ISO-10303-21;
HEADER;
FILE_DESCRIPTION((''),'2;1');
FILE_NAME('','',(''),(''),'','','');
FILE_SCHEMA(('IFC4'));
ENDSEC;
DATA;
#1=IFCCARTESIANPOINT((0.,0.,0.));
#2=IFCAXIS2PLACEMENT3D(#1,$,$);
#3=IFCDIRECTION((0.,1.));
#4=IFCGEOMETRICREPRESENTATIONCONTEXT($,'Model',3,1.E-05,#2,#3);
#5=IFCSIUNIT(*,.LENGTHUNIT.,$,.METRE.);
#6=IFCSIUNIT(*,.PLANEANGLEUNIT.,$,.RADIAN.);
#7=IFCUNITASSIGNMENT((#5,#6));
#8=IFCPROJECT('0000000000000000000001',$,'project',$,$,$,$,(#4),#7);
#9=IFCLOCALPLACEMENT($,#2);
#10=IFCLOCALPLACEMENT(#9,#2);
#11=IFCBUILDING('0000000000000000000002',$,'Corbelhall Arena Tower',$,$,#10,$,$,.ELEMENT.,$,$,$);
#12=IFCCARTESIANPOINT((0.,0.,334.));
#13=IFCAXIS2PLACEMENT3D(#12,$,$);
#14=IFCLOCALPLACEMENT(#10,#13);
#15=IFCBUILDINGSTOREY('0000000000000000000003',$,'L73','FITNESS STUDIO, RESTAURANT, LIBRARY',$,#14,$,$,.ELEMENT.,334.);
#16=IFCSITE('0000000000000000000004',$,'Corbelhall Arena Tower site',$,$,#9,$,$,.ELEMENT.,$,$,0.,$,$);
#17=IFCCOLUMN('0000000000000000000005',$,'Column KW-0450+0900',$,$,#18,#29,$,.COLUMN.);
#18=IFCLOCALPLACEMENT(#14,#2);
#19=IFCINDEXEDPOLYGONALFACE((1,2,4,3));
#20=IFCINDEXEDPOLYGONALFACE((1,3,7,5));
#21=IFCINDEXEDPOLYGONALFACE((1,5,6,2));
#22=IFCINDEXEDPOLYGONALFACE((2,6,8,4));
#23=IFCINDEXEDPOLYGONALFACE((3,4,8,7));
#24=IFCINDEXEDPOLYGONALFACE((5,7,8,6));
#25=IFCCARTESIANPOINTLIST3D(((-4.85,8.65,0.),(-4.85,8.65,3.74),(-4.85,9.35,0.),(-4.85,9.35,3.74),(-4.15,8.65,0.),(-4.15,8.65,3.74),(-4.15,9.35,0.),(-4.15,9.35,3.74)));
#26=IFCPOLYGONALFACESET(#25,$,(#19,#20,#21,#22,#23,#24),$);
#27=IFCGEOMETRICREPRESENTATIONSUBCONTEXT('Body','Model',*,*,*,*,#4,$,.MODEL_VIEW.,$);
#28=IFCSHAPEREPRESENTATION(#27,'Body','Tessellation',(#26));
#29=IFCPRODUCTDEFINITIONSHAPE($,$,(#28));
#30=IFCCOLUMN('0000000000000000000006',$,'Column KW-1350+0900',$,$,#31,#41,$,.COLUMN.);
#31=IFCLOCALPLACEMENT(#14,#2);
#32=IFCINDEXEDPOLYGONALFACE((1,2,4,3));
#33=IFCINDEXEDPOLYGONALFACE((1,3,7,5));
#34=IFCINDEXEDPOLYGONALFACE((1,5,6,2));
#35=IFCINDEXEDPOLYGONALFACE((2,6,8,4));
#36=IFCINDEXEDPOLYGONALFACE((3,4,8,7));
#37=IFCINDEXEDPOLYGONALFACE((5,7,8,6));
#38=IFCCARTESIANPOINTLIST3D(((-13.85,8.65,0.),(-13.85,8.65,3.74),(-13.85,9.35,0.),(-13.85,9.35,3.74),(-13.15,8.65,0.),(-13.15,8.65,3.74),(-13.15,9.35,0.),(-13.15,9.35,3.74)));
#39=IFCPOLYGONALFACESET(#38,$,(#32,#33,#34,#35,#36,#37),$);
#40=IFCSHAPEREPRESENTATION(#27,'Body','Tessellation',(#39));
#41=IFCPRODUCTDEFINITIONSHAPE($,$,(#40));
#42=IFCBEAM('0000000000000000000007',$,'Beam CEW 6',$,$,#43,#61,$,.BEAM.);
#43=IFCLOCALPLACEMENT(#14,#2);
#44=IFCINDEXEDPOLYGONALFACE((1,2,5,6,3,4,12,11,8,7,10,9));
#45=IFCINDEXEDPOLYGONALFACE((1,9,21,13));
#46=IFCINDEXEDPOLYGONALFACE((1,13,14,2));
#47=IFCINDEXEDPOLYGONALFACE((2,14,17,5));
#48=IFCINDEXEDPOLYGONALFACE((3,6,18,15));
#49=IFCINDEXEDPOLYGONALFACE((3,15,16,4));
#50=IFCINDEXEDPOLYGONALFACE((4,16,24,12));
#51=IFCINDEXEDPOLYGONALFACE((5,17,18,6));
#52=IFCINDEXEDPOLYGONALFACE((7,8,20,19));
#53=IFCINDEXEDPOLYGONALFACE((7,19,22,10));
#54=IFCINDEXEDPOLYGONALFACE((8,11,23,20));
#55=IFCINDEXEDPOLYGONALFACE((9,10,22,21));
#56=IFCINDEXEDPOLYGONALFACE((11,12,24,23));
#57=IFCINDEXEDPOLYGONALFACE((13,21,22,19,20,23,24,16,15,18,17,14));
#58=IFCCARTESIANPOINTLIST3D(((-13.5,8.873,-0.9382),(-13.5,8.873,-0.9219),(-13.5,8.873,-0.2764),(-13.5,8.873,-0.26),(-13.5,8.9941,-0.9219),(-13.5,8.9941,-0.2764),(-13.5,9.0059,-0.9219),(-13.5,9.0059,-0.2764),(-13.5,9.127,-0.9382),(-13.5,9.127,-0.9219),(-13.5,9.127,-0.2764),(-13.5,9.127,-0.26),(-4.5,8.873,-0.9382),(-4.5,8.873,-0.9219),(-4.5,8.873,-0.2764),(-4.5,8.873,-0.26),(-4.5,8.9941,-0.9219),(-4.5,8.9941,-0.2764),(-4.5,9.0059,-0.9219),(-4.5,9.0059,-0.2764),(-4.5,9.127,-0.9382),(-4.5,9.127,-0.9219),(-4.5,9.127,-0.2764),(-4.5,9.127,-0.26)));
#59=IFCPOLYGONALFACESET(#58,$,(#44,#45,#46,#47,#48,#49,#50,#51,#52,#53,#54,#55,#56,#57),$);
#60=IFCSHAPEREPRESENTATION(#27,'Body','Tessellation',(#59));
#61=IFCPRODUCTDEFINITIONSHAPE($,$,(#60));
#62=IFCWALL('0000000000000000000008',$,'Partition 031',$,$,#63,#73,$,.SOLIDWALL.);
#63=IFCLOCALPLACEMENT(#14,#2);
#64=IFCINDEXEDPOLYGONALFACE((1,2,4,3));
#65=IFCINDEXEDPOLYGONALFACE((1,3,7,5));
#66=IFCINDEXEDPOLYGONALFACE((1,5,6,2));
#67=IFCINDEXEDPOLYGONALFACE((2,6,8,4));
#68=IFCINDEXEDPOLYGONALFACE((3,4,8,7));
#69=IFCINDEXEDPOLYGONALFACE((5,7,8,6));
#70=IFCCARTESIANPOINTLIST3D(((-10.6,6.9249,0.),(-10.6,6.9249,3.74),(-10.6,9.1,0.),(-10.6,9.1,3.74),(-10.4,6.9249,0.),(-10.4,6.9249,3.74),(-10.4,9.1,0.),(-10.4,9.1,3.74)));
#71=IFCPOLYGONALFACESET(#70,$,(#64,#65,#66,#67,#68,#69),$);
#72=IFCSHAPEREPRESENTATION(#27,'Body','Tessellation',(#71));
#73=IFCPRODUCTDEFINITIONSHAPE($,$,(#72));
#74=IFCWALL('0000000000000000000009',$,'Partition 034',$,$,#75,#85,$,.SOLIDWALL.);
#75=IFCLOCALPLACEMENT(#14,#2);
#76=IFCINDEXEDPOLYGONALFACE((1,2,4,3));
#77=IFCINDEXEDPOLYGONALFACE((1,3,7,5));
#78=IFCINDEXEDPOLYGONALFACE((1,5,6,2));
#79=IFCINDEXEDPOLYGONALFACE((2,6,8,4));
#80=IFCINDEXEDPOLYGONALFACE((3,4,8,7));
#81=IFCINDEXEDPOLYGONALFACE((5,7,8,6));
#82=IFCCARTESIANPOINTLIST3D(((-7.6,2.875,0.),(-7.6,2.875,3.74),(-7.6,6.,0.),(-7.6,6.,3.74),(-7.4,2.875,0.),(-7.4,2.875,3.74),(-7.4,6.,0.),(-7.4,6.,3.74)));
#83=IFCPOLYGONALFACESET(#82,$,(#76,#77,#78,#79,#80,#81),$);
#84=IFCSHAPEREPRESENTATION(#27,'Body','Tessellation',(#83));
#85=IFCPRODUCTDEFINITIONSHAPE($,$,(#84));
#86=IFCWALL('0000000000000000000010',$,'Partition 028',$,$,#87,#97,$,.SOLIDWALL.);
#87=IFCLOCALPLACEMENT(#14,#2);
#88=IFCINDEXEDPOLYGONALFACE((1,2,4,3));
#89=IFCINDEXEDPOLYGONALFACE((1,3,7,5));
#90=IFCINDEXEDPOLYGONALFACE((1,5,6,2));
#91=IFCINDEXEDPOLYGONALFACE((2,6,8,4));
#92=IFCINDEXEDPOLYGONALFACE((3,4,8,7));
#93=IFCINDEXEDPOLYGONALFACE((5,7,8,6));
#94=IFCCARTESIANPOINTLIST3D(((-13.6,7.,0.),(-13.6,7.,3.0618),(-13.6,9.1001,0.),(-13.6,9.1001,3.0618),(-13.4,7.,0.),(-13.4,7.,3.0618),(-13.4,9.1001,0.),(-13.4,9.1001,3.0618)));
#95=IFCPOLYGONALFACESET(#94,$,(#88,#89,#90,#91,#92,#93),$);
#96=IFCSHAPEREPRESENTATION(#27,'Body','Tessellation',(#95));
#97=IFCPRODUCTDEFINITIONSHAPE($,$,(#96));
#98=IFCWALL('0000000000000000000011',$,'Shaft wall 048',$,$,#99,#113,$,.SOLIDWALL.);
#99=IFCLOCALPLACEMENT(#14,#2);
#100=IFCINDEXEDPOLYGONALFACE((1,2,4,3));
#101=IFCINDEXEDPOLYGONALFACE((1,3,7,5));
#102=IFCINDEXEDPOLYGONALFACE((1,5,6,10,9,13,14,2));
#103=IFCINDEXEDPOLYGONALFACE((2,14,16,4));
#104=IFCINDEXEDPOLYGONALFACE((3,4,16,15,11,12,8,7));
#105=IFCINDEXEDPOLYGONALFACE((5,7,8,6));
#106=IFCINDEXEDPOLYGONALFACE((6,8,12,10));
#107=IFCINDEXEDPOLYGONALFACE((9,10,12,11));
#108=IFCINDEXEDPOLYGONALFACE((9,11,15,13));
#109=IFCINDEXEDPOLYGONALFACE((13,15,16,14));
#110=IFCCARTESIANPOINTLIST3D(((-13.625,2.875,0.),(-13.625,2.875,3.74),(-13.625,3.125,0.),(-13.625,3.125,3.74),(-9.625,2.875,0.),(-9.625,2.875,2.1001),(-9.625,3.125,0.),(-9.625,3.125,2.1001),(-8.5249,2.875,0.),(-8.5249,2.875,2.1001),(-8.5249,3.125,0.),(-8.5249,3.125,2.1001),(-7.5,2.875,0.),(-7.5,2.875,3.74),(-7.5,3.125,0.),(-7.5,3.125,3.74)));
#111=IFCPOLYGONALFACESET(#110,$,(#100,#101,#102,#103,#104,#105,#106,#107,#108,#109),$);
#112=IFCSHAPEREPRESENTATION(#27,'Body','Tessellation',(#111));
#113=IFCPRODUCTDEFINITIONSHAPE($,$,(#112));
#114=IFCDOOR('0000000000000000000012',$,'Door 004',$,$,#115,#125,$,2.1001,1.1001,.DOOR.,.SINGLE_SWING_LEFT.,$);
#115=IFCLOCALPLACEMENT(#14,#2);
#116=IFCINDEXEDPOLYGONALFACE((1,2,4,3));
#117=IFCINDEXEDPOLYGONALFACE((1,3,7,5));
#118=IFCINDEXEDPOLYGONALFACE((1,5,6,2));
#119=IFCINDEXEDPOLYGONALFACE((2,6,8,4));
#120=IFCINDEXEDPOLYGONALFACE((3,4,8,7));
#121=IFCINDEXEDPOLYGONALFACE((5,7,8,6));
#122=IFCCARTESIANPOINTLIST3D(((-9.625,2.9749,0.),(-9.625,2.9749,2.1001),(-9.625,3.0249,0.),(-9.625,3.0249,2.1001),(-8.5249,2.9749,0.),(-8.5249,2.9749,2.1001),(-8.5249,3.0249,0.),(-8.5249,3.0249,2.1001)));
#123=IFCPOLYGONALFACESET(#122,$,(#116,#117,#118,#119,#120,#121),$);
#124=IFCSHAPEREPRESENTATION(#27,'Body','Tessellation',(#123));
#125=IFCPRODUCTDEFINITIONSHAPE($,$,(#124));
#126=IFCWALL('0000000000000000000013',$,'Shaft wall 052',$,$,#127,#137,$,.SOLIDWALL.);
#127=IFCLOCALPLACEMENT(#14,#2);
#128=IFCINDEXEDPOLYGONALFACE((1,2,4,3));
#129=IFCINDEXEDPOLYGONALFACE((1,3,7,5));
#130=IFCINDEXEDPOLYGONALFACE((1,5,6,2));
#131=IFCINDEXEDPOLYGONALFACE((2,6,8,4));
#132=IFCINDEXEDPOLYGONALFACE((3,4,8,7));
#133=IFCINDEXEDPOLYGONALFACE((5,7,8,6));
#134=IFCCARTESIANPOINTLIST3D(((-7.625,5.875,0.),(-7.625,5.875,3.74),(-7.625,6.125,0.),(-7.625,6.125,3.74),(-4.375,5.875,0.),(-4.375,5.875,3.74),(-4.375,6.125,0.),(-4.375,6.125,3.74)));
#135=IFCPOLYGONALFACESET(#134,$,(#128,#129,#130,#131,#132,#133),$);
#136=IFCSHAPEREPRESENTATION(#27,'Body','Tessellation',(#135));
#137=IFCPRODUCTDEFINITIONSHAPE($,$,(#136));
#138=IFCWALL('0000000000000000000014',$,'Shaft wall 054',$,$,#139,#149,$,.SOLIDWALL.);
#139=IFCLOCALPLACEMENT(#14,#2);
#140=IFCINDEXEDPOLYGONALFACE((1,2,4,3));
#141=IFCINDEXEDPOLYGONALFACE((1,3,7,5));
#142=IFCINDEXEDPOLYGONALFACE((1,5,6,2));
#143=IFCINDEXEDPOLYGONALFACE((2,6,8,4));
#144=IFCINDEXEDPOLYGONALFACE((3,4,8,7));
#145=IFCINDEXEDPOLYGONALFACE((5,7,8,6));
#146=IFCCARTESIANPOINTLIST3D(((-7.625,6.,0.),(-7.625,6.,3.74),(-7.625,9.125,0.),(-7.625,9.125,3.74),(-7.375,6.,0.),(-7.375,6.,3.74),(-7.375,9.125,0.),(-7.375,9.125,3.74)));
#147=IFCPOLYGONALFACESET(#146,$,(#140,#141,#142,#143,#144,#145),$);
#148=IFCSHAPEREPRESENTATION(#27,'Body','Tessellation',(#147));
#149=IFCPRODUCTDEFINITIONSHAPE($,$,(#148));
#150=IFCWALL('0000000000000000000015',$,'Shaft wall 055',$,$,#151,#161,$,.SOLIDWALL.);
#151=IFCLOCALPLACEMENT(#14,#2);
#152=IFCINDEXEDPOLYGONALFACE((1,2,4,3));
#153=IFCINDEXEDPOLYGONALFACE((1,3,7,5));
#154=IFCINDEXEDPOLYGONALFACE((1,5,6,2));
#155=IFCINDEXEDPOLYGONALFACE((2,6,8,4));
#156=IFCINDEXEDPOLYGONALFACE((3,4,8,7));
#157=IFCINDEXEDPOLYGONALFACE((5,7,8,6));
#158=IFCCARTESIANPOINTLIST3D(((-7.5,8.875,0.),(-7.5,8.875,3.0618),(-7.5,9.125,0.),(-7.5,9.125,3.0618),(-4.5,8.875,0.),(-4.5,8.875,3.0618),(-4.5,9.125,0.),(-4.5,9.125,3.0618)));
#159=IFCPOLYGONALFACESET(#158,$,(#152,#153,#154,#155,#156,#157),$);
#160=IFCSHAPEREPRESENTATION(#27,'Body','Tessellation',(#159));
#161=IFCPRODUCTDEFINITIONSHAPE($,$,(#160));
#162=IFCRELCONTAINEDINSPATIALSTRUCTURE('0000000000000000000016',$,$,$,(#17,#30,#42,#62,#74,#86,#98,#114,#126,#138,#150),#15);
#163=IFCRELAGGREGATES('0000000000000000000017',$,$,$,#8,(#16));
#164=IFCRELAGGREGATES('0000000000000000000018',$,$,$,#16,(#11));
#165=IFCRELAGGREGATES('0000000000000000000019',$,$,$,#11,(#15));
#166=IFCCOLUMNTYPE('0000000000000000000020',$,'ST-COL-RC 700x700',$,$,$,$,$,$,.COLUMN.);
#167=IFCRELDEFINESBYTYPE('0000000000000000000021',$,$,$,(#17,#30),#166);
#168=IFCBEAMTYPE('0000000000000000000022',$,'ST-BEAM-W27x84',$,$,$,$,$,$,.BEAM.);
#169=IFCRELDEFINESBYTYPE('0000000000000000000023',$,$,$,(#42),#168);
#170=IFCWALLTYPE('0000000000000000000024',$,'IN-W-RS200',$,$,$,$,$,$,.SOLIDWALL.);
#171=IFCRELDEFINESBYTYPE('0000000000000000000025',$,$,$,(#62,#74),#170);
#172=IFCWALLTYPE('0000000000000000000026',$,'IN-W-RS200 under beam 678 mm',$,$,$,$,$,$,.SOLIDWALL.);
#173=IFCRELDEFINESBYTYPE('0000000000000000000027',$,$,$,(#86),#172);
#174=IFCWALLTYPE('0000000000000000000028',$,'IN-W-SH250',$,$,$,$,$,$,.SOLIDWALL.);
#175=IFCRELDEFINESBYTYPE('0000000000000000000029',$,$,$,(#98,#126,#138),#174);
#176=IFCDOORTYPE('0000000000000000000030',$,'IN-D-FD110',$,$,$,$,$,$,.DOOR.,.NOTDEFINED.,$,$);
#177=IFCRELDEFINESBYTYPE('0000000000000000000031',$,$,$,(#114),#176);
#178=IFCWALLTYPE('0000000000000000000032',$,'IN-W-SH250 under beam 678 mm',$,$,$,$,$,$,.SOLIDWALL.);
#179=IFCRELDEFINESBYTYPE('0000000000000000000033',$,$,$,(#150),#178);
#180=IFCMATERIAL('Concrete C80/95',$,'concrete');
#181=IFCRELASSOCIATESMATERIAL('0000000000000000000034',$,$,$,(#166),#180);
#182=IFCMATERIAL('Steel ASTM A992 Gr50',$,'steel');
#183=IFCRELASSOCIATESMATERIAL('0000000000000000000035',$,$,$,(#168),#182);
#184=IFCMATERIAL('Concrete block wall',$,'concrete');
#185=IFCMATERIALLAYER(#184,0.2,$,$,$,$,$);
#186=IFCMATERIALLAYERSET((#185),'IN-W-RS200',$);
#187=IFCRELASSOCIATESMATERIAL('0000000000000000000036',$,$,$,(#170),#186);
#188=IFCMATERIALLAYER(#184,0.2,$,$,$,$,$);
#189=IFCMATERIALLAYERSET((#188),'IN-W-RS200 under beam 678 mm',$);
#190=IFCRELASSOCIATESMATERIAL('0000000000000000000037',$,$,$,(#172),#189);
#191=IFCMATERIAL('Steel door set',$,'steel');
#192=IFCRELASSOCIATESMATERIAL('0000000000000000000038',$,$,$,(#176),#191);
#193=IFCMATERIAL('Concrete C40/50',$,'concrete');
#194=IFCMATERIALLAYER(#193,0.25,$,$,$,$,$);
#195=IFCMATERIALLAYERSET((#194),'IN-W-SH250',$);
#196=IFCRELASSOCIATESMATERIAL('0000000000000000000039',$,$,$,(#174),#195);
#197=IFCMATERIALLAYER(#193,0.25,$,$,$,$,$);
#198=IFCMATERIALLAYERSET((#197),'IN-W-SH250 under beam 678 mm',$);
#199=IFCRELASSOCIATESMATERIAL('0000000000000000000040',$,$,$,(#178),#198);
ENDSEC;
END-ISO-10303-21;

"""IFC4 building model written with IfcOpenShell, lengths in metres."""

from ifc_helpers import new_model, si_unit, direction, frame, frame_2d, origin, origin_2d, place, context, subcontext, project, spatial, rectangle, i_section, extrude, material, layer, layer_set, material_profile, profile_set, type_object, element, fill, save


model = new_model("IFC4")

# Units and contexts
model_context = context("Model", 3, precision=1e-05, world=origin(), true_north=direction((0.0, 1.0)))
body_context = subcontext(model_context, "Body", "Model", "MODEL_VIEW")
ifc_project = project(units=[si_unit("LENGTHUNIT", "METRE"), si_unit("PLANEANGLEUNIT", "RADIAN")], contexts=[model_context])

# Site, building, storey
site_placement = place(None, origin())
site = spatial("IfcSite", under=ifc_project, at=site_placement, Name="Corbelhall Arena Tower site", CompositionType="ELEMENT", RefElevation=0.0)
building_placement = place(site_placement, origin())
building = spatial("IfcBuilding", under=site, at=building_placement, Name="Corbelhall Arena Tower", CompositionType="ELEMENT")
storey_placement = place(building_placement, frame((0.0, 0.0, 334.0)))
storey = spatial("IfcBuildingStorey", under=building, at=storey_placement, Name="L73", Description="FITNESS STUDIO, RESTAURANT, LIBRARY", CompositionType="ELEMENT", Elevation=334.0)

# Columns
ifc_material_1 = material(Name="Concrete C80/95", Category="concrete")
ifc_material_profile_1 = material_profile(ifc_material_1, rectangle(XDim=0.7, YDim=0.7, at=origin_2d()))
ifc_profile_set_1 = profile_set([ifc_material_profile_1], Name="Concrete C80/95")
column_type = type_object("IfcColumnType", Name="ST-COL-RC 700x700", PredefinedType="COLUMN", material=ifc_profile_set_1)
for number, where, z_axis, x_axis, name in (
    (1, (-4.5, 9.0, 0.0), (0.0, 0.0, 1.0), (1.0, 0.0, 0.0), "Column KW-0450+0900"),
    (2, (-13.5, 9.0, 0.0), (0.0, 0.0, 1.0), (1.0, 0.0, 0.0), "Column KW-1350+0900"),
):
    element("IfcColumn", number, at=place(storey_placement, frame(where, z_axis=z_axis, x_axis=x_axis)), inside=storey, type_object=column_type, Name=name, PredefinedType="COLUMN", context=body_context, shape_type="SweptSolid", body=[
        extrude(rectangle(XDim=0.7, YDim=0.7, at=origin_2d()), origin(), (0.0, 0.0, 1.0), 3.74),
    ])

# Beam
ifc_material_2 = material(Name="Steel ASTM A992 Gr50", Category="steel")
ifc_material_profile_2 = material_profile(ifc_material_2, i_section(OverallWidth=0.2539, OverallDepth=0.6782, WebThickness=0.0117, FlangeThickness=0.0164, at=origin_2d()))
ifc_profile_set_2 = profile_set([ifc_material_profile_2], Name="Steel ASTM A992 Gr50")
beam_type = type_object("IfcBeamType", Name="ST-BEAM-W27x84", PredefinedType="BEAM", material=ifc_profile_set_2)
beam_placement = place(storey_placement, frame((-13.5, 9.0, -0.5991), z_axis=(1.0, 0.0, 0.0), x_axis=(0.0, 1.0, 0.0)))
element("IfcBeam", 3, at=beam_placement, inside=storey, type_object=beam_type, Name="Beam CEW 6", PredefinedType="BEAM", context=body_context, shape_type="SweptSolid", body=[
    extrude(i_section(OverallWidth=0.2539, OverallDepth=0.6782, WebThickness=0.0117, FlangeThickness=0.0164, at=origin_2d()), origin(), (0.0, 0.0, 1.0), 9.0),
])

# Walls
ifc_material_3 = material(Name="Concrete block wall", Category="concrete")
ifc_layer_1 = layer(ifc_material_3, 0.2)
ifc_layer_set_1 = layer_set([ifc_layer_1], Name="IN-W-RS200")
wall_type_1 = type_object("IfcWallType", Name="IN-W-RS200", PredefinedType="SOLIDWALL", material=ifc_layer_set_1)
wall_1_placement = place(storey_placement, frame((-10.5, 6.925, 0.0), z_axis=(0.0, 0.0, 1.0), x_axis=(0.0, 1.0, 0.0)))
element("IfcWall", 4, at=wall_1_placement, inside=storey, type_object=wall_type_1, Name="Partition 031", PredefinedType="SOLIDWALL", context=body_context, shape_type="SweptSolid", body=[
    extrude(rectangle(XDim=2.175, YDim=0.2, at=frame_2d((1.0874, 0.0))), origin(), (0.0, 0.0, 1.0), 3.74),
])
wall_2_placement = place(storey_placement, frame((-7.5, 2.875, 0.0), z_axis=(0.0, 0.0, 1.0), x_axis=(0.0, 1.0, 0.0)))
element("IfcWall", 5, at=wall_2_placement, inside=storey, type_object=wall_type_1, Name="Partition 034", PredefinedType="SOLIDWALL", context=body_context, shape_type="SweptSolid", body=[
    extrude(rectangle(XDim=3.125, YDim=0.2, at=frame_2d((1.5625, 0.0))), origin(), (0.0, 0.0, 1.0), 3.74),
])
ifc_layer_2 = layer(ifc_material_3, 0.2)
ifc_layer_set_2 = layer_set([ifc_layer_2], Name="IN-W-RS200 under beam 678 mm")
wall_type_2 = type_object("IfcWallType", Name="IN-W-RS200 under beam 678 mm", PredefinedType="SOLIDWALL", material=ifc_layer_set_2)
wall_3_placement = place(storey_placement, frame((-13.5, 7.0, 0.0), z_axis=(0.0, 0.0, 1.0), x_axis=(0.0, 1.0, 0.0)))
element("IfcWall", 6, at=wall_3_placement, inside=storey, type_object=wall_type_2, Name="Partition 028", PredefinedType="SOLIDWALL", context=body_context, shape_type="SweptSolid", body=[
    extrude(rectangle(XDim=2.1001, YDim=0.2, at=frame_2d((1.05, 0.0))), origin(), (0.0, 0.0, 1.0), 3.0618),
])

# Shared definitions
ifc_material_4 = material(Name="Steel door set", Category="steel")
door_type_1 = type_object("IfcDoorType", Name="IN-D-FD110", OperationType="NOTDEFINED", PredefinedType="DOOR", material=ifc_material_4)

# Wall, opening, door
ifc_material_5 = material(Name="Concrete C40/50", Category="concrete")
ifc_layer_3 = layer(ifc_material_5, 0.25)
ifc_layer_set_3 = layer_set([ifc_layer_3], Name="IN-W-SH250")
wall_type_3 = type_object("IfcWallType", Name="IN-W-SH250", PredefinedType="SOLIDWALL", material=ifc_layer_set_3)
wall_4_placement = place(storey_placement, frame((-13.625, 3.0, 0.0), z_axis=(0.0, 0.0, 1.0), x_axis=(1.0, 0.0, 0.0)))
wall_4 = element("IfcWall", 7, at=wall_4_placement, inside=storey, type_object=wall_type_3, Name="Shaft wall 048", PredefinedType="SOLIDWALL", context=body_context, shape_type="SweptSolid", body=[
    extrude(rectangle(XDim=6.125, YDim=0.25, at=frame_2d((3.0625, 0.0))), origin(), (0.0, 0.0, 1.0), 3.74),
])
opening_1_placement = place(wall_4_placement, frame((4.0, 0.0, 0.0)))
opening_1 = element("IfcOpeningElement", 8, at=opening_1_placement, cuts=wall_4, PredefinedType="OPENING", context=body_context, shape_type="SweptSolid", body=[
    extrude(rectangle(XDim=1.1001, YDim=2.1001, at=frame_2d((0.55, 1.05))), frame((0.0, 0.125, 0.0), z_axis=(0.0, -1.0, 0.0), x_axis=(1.0, 0.0, 0.0)), (0.0, 0.0, 1.0), 0.25),
])
door_1_placement = place(opening_1_placement, origin())
door_1 = element("IfcDoor", 9, at=door_1_placement, inside=storey, type_object=door_type_1, Name="Door 004", OperationType="SINGLE_SWING_LEFT", OverallHeight=2.1001, OverallWidth=1.1001, PredefinedType="DOOR", context=body_context, shape_type="SweptSolid", body=[
    extrude(rectangle(XDim=1.1001, YDim=2.1001, at=frame_2d((0.55, 1.05))), frame((0.0, 0.0249, 0.0), z_axis=(0.0, -1.0, 0.0), x_axis=(1.0, 0.0, 0.0)), (0.0, 0.0, 1.0), 0.05),
])
fill(opening_1, door_1)

# Walls
wall_5_placement = place(storey_placement, frame((-7.625, 6.0, 0.0), z_axis=(0.0, 0.0, 1.0), x_axis=(1.0, 0.0, 0.0)))
element("IfcWall", 10, at=wall_5_placement, inside=storey, type_object=wall_type_3, Name="Shaft wall 052", PredefinedType="SOLIDWALL", context=body_context, shape_type="SweptSolid", body=[
    extrude(rectangle(XDim=3.25, YDim=0.25, at=frame_2d((1.625, 0.0))), origin(), (0.0, 0.0, 1.0), 3.74),
])
wall_6_placement = place(storey_placement, frame((-7.5, 6.0, 0.0), z_axis=(0.0, 0.0, 1.0), x_axis=(0.0, 1.0, 0.0)))
element("IfcWall", 11, at=wall_6_placement, inside=storey, type_object=wall_type_3, Name="Shaft wall 054", PredefinedType="SOLIDWALL", context=body_context, shape_type="SweptSolid", body=[
    extrude(rectangle(XDim=3.125, YDim=0.25, at=frame_2d((1.5625, 0.0))), origin(), (0.0, 0.0, 1.0), 3.74),
])
ifc_layer_4 = layer(ifc_material_5, 0.25)
ifc_layer_set_4 = layer_set([ifc_layer_4], Name="IN-W-SH250 under beam 678 mm")
wall_type_4 = type_object("IfcWallType", Name="IN-W-SH250 under beam 678 mm", PredefinedType="SOLIDWALL", material=ifc_layer_set_4)
wall_7_placement = place(storey_placement, frame((-7.5, 9.0, 0.0), z_axis=(0.0, 0.0, 1.0), x_axis=(1.0, 0.0, 0.0)))
element("IfcWall", 12, at=wall_7_placement, inside=storey, type_object=wall_type_4, Name="Shaft wall 055", PredefinedType="SOLIDWALL", context=body_context, shape_type="SweptSolid", body=[
    extrude(rectangle(XDim=3.0, YDim=0.25, at=frame_2d((1.5, 0.0))), origin(), (0.0, 0.0, 1.0), 3.0618),
])

save(model, "model.ifc")
